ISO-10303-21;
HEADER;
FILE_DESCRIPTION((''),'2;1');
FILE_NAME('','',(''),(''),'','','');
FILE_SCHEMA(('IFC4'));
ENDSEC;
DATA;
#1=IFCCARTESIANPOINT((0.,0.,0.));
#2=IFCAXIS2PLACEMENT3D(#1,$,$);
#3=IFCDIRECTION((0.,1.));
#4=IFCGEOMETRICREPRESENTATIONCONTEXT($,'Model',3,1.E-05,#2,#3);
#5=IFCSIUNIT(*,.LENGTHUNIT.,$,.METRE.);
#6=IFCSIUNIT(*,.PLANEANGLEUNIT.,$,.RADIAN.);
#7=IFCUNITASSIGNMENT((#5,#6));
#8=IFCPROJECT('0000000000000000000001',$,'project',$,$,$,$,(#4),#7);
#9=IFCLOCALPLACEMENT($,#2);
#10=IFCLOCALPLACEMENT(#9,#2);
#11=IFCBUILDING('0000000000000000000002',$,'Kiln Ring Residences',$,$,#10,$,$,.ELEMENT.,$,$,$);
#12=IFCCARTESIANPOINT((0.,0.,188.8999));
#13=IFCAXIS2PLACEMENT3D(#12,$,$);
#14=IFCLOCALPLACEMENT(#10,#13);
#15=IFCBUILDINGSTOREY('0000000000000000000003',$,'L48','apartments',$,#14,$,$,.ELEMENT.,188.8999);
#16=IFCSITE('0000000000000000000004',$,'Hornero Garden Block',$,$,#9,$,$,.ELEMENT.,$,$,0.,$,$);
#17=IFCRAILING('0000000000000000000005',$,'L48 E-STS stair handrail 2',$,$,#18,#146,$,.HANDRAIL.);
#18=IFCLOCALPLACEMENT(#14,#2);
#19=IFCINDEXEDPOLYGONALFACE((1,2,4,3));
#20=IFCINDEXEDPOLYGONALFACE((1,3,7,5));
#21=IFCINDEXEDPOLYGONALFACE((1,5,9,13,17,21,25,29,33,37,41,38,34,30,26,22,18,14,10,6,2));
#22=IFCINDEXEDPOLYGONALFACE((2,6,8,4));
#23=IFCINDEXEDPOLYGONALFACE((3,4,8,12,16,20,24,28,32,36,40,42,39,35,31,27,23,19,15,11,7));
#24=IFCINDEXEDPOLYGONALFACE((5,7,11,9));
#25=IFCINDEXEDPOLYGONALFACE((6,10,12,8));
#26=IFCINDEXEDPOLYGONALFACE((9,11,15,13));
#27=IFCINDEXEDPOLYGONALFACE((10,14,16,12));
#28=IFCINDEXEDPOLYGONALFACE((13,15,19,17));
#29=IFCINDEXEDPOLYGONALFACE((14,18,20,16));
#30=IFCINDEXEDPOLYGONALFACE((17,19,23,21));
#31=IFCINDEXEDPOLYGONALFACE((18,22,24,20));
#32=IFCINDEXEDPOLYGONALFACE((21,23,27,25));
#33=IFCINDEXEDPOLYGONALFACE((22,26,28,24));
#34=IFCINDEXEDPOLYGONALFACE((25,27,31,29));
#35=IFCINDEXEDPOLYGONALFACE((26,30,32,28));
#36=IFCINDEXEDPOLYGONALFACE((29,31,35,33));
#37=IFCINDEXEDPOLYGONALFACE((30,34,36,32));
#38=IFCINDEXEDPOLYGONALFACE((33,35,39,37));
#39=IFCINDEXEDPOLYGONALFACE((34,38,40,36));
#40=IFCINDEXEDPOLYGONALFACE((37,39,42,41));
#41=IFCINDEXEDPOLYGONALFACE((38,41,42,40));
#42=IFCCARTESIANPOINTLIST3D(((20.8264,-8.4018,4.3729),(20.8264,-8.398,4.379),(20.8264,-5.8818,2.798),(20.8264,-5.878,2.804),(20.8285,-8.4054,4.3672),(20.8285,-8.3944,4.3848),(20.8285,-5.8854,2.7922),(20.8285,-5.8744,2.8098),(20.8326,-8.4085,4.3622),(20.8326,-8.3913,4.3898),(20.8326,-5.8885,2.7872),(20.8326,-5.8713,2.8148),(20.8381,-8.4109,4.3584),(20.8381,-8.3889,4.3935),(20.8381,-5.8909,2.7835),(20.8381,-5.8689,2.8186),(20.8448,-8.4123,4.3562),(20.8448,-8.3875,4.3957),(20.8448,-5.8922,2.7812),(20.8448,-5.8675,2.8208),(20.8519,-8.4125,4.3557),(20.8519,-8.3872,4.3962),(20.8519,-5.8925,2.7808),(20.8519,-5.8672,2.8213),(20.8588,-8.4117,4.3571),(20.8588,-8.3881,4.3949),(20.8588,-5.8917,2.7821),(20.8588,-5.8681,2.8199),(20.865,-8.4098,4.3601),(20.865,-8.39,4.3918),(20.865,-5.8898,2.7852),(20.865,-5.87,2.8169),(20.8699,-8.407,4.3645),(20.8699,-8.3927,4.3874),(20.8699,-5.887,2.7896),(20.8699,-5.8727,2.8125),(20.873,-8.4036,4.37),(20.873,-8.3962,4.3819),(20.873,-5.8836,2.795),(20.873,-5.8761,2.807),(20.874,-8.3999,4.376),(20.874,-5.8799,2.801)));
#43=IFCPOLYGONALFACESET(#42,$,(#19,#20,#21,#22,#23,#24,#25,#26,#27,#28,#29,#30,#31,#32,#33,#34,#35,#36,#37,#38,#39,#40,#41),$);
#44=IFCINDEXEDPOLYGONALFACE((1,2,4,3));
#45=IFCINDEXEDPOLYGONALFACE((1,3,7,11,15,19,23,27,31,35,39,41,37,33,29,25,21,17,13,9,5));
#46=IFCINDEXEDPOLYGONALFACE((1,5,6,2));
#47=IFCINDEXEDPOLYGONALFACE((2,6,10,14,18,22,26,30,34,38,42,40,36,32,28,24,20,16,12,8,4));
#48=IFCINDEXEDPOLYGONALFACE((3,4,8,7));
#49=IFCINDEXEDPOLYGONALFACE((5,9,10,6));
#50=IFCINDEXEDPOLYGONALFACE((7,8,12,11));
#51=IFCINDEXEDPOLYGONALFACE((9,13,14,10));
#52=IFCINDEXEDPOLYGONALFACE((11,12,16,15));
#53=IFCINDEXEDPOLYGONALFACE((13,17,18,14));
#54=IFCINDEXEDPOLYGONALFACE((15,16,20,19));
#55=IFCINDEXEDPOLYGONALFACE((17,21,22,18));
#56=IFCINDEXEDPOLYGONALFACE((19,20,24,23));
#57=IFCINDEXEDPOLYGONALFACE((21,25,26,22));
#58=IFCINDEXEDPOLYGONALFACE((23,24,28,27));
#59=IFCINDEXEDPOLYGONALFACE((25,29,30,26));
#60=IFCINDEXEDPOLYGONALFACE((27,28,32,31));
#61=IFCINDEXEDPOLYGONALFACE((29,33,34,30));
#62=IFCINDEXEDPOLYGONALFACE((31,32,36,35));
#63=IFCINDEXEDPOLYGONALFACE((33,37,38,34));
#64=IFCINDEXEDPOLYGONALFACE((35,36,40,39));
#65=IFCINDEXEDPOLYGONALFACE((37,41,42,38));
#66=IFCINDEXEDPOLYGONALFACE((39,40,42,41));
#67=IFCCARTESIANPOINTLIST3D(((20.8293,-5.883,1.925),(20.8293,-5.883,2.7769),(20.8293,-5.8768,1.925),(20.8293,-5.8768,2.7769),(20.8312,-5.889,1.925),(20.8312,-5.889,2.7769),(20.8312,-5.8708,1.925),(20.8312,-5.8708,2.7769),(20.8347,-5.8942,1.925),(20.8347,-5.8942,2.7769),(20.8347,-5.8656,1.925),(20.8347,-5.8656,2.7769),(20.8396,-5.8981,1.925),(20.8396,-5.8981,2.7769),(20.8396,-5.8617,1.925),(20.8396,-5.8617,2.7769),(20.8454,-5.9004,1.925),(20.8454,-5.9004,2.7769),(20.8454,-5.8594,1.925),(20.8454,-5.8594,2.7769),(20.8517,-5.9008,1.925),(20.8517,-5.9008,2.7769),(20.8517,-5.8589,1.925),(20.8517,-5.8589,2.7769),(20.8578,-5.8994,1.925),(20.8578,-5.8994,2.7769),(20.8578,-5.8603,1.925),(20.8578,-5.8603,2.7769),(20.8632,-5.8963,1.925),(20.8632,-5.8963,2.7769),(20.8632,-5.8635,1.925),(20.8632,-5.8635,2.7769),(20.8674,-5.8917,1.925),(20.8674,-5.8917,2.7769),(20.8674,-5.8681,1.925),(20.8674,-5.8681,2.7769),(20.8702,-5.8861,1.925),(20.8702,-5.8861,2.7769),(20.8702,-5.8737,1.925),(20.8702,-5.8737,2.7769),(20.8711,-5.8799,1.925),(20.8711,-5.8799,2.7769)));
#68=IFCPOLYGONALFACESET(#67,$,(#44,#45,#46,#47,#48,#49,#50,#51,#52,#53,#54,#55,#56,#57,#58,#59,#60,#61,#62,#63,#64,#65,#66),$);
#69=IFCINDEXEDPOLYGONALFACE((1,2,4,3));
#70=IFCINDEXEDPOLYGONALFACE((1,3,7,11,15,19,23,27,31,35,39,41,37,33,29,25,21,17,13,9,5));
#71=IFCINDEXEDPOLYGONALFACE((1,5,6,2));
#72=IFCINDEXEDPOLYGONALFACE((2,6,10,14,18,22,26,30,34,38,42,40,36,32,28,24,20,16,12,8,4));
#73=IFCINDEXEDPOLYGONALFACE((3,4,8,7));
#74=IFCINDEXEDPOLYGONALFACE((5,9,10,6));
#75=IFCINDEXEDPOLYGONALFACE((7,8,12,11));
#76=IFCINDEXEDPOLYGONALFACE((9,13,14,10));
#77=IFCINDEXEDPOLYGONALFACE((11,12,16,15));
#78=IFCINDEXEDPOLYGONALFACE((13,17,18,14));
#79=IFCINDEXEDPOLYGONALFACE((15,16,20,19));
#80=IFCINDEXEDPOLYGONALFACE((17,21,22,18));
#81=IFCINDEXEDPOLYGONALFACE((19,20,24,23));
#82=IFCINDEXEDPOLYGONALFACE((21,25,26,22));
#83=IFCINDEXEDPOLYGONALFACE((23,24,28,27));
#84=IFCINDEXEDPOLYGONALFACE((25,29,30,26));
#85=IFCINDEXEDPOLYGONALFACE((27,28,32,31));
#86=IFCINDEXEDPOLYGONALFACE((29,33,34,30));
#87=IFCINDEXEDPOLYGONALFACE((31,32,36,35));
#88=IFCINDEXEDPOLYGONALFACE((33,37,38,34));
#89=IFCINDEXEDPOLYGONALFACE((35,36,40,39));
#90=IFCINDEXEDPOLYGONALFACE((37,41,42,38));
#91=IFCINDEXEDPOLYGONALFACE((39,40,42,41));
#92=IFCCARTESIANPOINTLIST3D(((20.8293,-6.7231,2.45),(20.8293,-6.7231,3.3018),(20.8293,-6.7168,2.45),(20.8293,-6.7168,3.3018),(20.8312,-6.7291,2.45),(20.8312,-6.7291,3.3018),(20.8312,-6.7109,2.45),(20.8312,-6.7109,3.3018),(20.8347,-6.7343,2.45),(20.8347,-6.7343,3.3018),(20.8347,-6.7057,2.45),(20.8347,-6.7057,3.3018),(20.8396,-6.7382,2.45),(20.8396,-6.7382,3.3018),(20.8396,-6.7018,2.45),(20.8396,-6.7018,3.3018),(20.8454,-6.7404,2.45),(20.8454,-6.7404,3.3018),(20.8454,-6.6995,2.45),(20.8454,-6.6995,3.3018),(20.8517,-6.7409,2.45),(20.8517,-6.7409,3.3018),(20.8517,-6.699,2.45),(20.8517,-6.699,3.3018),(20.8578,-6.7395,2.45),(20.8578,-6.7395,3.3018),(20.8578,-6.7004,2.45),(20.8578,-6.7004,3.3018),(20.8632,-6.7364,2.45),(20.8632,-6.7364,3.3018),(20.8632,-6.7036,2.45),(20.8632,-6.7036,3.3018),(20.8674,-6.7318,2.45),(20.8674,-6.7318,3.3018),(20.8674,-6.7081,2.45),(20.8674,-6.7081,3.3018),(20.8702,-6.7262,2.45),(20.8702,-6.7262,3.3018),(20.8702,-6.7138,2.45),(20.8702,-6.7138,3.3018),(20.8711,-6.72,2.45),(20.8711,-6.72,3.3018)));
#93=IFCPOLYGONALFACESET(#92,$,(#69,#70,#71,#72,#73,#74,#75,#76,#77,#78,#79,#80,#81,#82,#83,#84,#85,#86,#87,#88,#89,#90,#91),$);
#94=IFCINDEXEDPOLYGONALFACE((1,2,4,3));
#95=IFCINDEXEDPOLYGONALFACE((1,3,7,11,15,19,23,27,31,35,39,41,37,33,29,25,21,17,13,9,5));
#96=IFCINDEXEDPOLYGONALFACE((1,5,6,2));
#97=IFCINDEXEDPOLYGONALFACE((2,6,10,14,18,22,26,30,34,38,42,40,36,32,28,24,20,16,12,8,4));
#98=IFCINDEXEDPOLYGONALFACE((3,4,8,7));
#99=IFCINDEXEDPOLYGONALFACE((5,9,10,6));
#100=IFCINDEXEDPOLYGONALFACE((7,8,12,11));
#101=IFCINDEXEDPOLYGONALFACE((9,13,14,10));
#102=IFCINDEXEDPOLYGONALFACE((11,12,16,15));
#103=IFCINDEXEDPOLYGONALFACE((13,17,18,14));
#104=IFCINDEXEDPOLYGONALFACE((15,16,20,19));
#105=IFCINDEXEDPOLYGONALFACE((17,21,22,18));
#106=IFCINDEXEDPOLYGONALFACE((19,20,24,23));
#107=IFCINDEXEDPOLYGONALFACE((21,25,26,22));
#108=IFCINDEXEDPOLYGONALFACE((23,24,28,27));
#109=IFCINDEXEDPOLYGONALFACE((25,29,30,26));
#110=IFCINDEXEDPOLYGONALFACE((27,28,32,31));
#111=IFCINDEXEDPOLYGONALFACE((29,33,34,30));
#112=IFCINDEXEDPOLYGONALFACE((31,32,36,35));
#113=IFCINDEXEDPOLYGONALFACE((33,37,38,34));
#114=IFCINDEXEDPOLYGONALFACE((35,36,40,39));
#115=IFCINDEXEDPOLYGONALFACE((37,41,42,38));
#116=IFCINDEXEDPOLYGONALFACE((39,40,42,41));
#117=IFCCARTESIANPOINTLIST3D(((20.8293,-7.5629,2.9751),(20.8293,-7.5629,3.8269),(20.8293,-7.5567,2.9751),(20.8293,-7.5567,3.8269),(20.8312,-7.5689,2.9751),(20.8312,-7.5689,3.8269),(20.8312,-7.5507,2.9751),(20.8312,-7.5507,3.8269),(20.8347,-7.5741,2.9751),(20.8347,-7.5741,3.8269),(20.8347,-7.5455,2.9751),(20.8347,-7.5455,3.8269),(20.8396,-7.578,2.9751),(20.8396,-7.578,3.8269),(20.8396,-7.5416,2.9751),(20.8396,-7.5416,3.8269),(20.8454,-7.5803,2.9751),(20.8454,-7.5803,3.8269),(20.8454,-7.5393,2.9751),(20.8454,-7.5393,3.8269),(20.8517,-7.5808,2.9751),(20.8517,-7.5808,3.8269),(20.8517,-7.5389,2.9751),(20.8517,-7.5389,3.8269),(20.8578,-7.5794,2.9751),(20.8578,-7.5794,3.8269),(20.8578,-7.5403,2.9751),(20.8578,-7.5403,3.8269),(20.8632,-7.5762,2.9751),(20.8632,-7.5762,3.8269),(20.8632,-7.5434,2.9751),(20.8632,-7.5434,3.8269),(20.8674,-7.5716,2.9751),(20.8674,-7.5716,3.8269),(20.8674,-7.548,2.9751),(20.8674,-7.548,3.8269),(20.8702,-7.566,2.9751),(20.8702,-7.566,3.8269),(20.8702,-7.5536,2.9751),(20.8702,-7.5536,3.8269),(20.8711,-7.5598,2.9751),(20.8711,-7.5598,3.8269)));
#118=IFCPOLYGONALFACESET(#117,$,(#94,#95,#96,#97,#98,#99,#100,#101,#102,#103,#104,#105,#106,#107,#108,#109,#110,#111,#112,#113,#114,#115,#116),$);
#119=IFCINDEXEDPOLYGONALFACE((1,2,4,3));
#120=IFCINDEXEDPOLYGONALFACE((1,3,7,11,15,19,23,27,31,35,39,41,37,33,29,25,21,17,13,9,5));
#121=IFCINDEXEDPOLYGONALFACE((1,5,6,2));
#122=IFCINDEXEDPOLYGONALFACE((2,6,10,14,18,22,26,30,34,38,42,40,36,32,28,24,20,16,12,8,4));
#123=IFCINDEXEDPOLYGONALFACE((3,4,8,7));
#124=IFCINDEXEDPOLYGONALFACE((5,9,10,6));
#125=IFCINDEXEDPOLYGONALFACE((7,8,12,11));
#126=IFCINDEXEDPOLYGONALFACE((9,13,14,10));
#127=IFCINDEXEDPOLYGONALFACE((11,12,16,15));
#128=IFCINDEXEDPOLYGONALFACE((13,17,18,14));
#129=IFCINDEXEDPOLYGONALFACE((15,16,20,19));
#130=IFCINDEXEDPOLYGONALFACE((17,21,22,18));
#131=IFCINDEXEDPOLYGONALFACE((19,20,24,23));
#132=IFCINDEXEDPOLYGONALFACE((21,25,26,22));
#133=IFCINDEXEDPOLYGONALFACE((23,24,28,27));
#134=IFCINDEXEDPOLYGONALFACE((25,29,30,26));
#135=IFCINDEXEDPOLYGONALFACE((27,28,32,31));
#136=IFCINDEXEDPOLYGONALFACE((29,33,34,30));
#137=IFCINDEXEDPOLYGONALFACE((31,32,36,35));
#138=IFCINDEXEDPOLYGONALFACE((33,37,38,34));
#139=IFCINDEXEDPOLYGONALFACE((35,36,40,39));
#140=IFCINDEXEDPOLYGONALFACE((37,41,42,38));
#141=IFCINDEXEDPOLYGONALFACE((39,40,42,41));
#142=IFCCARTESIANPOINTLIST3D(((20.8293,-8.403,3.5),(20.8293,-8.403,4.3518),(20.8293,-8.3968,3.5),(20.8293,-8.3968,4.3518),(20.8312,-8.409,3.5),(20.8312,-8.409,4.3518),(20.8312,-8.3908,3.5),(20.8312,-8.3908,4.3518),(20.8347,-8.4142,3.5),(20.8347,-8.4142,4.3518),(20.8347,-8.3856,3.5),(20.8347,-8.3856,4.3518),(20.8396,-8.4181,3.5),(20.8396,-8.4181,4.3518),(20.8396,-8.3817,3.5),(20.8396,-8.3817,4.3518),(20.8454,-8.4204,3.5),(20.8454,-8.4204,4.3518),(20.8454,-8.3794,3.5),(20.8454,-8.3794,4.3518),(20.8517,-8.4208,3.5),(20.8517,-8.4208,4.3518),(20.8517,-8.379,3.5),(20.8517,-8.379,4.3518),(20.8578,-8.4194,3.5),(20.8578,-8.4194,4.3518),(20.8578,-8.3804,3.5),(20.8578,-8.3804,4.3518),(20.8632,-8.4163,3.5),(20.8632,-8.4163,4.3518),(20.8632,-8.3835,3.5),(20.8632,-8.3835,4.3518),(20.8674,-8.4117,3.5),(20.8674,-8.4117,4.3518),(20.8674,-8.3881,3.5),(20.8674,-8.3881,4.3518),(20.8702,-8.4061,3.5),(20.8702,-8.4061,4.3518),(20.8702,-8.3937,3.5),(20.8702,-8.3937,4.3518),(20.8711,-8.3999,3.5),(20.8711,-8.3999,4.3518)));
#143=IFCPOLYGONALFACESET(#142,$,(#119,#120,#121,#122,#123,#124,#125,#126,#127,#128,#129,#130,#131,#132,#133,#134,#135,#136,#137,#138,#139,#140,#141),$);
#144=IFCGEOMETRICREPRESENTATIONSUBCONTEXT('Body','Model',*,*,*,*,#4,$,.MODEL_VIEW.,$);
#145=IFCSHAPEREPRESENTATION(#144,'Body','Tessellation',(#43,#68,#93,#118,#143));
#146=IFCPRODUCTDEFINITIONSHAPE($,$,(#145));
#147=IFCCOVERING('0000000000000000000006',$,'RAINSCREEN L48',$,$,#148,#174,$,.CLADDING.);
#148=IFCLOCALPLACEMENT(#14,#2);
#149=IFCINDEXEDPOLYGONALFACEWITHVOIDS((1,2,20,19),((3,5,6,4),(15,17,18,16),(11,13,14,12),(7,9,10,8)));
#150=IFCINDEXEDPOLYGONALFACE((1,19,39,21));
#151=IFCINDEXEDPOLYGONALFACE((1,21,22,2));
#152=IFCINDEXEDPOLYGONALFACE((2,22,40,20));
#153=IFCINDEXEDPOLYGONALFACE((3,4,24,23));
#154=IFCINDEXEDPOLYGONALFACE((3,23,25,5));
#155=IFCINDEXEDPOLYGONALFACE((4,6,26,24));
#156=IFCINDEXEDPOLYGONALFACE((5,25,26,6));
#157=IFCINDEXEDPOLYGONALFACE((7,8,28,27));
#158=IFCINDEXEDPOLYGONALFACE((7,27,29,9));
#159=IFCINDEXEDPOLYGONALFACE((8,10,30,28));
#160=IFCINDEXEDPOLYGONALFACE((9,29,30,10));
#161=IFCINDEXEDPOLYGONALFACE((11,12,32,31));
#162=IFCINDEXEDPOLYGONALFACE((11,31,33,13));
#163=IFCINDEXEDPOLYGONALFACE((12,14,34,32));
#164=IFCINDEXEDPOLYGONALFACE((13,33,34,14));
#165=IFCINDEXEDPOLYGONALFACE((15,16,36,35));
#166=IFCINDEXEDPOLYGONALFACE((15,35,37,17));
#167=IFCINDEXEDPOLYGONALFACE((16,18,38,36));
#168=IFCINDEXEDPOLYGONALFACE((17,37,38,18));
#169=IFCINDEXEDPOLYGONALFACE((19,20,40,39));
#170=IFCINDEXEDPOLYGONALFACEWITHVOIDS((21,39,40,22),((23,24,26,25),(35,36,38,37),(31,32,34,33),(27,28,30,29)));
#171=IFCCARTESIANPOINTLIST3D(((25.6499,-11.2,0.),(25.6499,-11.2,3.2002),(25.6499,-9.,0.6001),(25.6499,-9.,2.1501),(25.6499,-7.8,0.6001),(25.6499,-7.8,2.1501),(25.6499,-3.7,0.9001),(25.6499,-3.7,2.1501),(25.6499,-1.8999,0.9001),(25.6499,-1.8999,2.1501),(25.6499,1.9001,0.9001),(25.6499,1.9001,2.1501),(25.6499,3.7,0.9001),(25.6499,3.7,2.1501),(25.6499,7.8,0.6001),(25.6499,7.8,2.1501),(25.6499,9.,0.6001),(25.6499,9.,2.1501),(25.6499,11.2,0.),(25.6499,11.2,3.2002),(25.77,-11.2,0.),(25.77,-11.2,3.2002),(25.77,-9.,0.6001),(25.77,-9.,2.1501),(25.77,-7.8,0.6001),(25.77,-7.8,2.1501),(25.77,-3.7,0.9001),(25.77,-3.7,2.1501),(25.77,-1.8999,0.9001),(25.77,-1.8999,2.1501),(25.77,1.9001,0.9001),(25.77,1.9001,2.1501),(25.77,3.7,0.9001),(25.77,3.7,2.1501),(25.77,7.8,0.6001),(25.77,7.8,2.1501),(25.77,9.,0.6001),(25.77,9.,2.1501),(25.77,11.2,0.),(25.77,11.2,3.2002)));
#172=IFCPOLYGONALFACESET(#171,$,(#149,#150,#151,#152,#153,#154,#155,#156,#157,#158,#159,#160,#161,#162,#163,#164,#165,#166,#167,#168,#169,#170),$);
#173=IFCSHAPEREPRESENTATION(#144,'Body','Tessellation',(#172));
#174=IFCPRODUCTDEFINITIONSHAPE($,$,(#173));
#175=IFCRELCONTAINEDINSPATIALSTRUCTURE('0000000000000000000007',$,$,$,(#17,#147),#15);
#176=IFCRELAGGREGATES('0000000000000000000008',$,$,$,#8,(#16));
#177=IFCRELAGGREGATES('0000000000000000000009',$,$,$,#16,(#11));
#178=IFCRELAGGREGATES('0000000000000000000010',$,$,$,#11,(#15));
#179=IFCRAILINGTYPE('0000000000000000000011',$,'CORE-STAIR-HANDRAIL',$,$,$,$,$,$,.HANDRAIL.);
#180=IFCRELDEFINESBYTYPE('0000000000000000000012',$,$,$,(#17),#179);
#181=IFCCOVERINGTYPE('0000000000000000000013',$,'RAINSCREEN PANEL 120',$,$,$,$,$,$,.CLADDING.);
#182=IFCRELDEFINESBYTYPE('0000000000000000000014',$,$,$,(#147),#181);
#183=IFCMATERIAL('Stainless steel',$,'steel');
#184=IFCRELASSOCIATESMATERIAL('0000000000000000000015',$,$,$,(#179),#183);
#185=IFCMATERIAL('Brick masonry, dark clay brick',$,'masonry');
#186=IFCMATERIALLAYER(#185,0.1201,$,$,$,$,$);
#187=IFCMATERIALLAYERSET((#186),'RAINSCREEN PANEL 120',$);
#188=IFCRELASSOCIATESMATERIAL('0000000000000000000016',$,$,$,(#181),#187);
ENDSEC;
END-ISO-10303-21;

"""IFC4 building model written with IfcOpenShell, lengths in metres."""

from ifc_helpers import new_model, si_unit, direction, frame, origin, origin_2d, place, context, subcontext, project, spatial, polyline, circle, outline, extrude, material, layer, layer_set, type_object, element, save


model = new_model("IFC4")

# Units and contexts
model_context = context("Model", 3, precision=1e-05, world=origin(), true_north=direction((0.0, 1.0)))
body_context = subcontext(model_context, "Body", "Model", "MODEL_VIEW")
ifc_project = project(units=[si_unit("LENGTHUNIT", "METRE"), si_unit("PLANEANGLEUNIT", "RADIAN")], contexts=[model_context])

# Site, building, storey
site_placement = place(None, origin())
site = spatial("IfcSite", under=ifc_project, at=site_placement, Name="Hornero Garden Block", CompositionType="ELEMENT", RefElevation=0.0)
building_placement = place(site_placement, origin())
building = spatial("IfcBuilding", under=site, at=building_placement, Name="Kiln Ring Residences", CompositionType="ELEMENT")
storey_placement = place(building_placement, frame((0.0, 0.0, 188.8999)))
storey = spatial("IfcBuildingStorey", under=building, at=storey_placement, Name="L48", Description="apartments", CompositionType="ELEMENT", Elevation=188.8999)

# Railing
ifc_material_1 = material(Name="Stainless steel", Category="steel")
railing_type_1 = type_object("IfcRailingType", Name="CORE-STAIR-HANDRAIL", PredefinedType="HANDRAIL", material=ifc_material_1)
railing_1_placement = place(storey_placement, frame((20.8501, -5.8799, 1.925)))
element("IfcRailing", 1, at=railing_1_placement, inside=storey, type_object=railing_type_1, Name="L48 E-STS stair handrail 2", PredefinedType="HANDRAIL", context=body_context, shape_type="SweptSolid", body=[
    extrude(circle(Radius=0.0239, at=origin_2d()), frame((0.0, 0.0, 0.876), z_axis=(0.0, -0.848008, 0.529984), x_axis=(1.0, 0.0, 0.0)), (0.0, 0.0, 1.0), 2.9717),
    extrude(circle(Radius=0.021, at=origin_2d()), origin(), (0.0, 0.0, 1.0), 0.8518),
    extrude(circle(Radius=0.021, at=origin_2d()), frame((0.0, -0.8401, 0.5249)), (0.0, 0.0, 1.0), 0.8518),
    extrude(circle(Radius=0.021, at=origin_2d()), frame((0.0, -1.6799, 1.05)), (0.0, 0.0, 1.0), 0.8518),
    extrude(circle(Radius=0.021, at=origin_2d()), frame((0.0, -2.52, 1.575)), (0.0, 0.0, 1.0), 0.8518),
])

# Covering
ifc_material_2 = material(Name="Brick masonry, dark clay brick", Category="masonry")
ifc_layer_1 = layer(ifc_material_2, 0.1201)
ifc_layer_set_1 = layer_set([ifc_layer_1], Name="RAINSCREEN PANEL 120")
covering_type = type_object("IfcCoveringType", Name="RAINSCREEN PANEL 120", PredefinedType="CLADDING", material=ifc_layer_set_1)
covering_1_placement = place(storey_placement, frame((25.71, -11.2, 0.0), z_axis=(0.0, 0.0, 1.0), x_axis=(0.0, 1.0, 0.0)))
element("IfcCovering", 2, at=covering_1_placement, inside=storey, type_object=covering_type, Name="RAINSCREEN L48", PredefinedType="CLADDING", context=body_context, shape_type="SweptSolid", body=[
    extrude(outline(polyline([(0.0, 0.0), (22.3999, 0.0), (22.3999, 3.2002), (0.0, 3.2002), (0.0, 0.0)]), holes=[polyline([(3.3999, 0.6001), (3.3999, 2.1501), (2.2, 2.1501), (2.2, 0.6001), (3.3999, 0.6001)]), polyline([(20.2, 0.6001), (20.2, 2.1501), (19.0, 2.1501), (19.0, 0.6001), (20.2, 0.6001)]), polyline([(9.3, 0.9001), (9.3, 2.1501), (7.5, 2.1501), (7.5, 0.9001), (9.3, 0.9001)]), polyline([(14.8999, 0.9001), (14.8999, 2.1501), (13.1001, 2.1501), (13.1001, 0.9001), (14.8999, 0.9001)])]), frame((0.0, 0.0601, 0.0), z_axis=(0.0, -1.0, 0.0), x_axis=(1.0, 0.0, 0.0)), (0.0, 0.0, 1.0), 0.1201),
])

save(model, "model.ifc")
